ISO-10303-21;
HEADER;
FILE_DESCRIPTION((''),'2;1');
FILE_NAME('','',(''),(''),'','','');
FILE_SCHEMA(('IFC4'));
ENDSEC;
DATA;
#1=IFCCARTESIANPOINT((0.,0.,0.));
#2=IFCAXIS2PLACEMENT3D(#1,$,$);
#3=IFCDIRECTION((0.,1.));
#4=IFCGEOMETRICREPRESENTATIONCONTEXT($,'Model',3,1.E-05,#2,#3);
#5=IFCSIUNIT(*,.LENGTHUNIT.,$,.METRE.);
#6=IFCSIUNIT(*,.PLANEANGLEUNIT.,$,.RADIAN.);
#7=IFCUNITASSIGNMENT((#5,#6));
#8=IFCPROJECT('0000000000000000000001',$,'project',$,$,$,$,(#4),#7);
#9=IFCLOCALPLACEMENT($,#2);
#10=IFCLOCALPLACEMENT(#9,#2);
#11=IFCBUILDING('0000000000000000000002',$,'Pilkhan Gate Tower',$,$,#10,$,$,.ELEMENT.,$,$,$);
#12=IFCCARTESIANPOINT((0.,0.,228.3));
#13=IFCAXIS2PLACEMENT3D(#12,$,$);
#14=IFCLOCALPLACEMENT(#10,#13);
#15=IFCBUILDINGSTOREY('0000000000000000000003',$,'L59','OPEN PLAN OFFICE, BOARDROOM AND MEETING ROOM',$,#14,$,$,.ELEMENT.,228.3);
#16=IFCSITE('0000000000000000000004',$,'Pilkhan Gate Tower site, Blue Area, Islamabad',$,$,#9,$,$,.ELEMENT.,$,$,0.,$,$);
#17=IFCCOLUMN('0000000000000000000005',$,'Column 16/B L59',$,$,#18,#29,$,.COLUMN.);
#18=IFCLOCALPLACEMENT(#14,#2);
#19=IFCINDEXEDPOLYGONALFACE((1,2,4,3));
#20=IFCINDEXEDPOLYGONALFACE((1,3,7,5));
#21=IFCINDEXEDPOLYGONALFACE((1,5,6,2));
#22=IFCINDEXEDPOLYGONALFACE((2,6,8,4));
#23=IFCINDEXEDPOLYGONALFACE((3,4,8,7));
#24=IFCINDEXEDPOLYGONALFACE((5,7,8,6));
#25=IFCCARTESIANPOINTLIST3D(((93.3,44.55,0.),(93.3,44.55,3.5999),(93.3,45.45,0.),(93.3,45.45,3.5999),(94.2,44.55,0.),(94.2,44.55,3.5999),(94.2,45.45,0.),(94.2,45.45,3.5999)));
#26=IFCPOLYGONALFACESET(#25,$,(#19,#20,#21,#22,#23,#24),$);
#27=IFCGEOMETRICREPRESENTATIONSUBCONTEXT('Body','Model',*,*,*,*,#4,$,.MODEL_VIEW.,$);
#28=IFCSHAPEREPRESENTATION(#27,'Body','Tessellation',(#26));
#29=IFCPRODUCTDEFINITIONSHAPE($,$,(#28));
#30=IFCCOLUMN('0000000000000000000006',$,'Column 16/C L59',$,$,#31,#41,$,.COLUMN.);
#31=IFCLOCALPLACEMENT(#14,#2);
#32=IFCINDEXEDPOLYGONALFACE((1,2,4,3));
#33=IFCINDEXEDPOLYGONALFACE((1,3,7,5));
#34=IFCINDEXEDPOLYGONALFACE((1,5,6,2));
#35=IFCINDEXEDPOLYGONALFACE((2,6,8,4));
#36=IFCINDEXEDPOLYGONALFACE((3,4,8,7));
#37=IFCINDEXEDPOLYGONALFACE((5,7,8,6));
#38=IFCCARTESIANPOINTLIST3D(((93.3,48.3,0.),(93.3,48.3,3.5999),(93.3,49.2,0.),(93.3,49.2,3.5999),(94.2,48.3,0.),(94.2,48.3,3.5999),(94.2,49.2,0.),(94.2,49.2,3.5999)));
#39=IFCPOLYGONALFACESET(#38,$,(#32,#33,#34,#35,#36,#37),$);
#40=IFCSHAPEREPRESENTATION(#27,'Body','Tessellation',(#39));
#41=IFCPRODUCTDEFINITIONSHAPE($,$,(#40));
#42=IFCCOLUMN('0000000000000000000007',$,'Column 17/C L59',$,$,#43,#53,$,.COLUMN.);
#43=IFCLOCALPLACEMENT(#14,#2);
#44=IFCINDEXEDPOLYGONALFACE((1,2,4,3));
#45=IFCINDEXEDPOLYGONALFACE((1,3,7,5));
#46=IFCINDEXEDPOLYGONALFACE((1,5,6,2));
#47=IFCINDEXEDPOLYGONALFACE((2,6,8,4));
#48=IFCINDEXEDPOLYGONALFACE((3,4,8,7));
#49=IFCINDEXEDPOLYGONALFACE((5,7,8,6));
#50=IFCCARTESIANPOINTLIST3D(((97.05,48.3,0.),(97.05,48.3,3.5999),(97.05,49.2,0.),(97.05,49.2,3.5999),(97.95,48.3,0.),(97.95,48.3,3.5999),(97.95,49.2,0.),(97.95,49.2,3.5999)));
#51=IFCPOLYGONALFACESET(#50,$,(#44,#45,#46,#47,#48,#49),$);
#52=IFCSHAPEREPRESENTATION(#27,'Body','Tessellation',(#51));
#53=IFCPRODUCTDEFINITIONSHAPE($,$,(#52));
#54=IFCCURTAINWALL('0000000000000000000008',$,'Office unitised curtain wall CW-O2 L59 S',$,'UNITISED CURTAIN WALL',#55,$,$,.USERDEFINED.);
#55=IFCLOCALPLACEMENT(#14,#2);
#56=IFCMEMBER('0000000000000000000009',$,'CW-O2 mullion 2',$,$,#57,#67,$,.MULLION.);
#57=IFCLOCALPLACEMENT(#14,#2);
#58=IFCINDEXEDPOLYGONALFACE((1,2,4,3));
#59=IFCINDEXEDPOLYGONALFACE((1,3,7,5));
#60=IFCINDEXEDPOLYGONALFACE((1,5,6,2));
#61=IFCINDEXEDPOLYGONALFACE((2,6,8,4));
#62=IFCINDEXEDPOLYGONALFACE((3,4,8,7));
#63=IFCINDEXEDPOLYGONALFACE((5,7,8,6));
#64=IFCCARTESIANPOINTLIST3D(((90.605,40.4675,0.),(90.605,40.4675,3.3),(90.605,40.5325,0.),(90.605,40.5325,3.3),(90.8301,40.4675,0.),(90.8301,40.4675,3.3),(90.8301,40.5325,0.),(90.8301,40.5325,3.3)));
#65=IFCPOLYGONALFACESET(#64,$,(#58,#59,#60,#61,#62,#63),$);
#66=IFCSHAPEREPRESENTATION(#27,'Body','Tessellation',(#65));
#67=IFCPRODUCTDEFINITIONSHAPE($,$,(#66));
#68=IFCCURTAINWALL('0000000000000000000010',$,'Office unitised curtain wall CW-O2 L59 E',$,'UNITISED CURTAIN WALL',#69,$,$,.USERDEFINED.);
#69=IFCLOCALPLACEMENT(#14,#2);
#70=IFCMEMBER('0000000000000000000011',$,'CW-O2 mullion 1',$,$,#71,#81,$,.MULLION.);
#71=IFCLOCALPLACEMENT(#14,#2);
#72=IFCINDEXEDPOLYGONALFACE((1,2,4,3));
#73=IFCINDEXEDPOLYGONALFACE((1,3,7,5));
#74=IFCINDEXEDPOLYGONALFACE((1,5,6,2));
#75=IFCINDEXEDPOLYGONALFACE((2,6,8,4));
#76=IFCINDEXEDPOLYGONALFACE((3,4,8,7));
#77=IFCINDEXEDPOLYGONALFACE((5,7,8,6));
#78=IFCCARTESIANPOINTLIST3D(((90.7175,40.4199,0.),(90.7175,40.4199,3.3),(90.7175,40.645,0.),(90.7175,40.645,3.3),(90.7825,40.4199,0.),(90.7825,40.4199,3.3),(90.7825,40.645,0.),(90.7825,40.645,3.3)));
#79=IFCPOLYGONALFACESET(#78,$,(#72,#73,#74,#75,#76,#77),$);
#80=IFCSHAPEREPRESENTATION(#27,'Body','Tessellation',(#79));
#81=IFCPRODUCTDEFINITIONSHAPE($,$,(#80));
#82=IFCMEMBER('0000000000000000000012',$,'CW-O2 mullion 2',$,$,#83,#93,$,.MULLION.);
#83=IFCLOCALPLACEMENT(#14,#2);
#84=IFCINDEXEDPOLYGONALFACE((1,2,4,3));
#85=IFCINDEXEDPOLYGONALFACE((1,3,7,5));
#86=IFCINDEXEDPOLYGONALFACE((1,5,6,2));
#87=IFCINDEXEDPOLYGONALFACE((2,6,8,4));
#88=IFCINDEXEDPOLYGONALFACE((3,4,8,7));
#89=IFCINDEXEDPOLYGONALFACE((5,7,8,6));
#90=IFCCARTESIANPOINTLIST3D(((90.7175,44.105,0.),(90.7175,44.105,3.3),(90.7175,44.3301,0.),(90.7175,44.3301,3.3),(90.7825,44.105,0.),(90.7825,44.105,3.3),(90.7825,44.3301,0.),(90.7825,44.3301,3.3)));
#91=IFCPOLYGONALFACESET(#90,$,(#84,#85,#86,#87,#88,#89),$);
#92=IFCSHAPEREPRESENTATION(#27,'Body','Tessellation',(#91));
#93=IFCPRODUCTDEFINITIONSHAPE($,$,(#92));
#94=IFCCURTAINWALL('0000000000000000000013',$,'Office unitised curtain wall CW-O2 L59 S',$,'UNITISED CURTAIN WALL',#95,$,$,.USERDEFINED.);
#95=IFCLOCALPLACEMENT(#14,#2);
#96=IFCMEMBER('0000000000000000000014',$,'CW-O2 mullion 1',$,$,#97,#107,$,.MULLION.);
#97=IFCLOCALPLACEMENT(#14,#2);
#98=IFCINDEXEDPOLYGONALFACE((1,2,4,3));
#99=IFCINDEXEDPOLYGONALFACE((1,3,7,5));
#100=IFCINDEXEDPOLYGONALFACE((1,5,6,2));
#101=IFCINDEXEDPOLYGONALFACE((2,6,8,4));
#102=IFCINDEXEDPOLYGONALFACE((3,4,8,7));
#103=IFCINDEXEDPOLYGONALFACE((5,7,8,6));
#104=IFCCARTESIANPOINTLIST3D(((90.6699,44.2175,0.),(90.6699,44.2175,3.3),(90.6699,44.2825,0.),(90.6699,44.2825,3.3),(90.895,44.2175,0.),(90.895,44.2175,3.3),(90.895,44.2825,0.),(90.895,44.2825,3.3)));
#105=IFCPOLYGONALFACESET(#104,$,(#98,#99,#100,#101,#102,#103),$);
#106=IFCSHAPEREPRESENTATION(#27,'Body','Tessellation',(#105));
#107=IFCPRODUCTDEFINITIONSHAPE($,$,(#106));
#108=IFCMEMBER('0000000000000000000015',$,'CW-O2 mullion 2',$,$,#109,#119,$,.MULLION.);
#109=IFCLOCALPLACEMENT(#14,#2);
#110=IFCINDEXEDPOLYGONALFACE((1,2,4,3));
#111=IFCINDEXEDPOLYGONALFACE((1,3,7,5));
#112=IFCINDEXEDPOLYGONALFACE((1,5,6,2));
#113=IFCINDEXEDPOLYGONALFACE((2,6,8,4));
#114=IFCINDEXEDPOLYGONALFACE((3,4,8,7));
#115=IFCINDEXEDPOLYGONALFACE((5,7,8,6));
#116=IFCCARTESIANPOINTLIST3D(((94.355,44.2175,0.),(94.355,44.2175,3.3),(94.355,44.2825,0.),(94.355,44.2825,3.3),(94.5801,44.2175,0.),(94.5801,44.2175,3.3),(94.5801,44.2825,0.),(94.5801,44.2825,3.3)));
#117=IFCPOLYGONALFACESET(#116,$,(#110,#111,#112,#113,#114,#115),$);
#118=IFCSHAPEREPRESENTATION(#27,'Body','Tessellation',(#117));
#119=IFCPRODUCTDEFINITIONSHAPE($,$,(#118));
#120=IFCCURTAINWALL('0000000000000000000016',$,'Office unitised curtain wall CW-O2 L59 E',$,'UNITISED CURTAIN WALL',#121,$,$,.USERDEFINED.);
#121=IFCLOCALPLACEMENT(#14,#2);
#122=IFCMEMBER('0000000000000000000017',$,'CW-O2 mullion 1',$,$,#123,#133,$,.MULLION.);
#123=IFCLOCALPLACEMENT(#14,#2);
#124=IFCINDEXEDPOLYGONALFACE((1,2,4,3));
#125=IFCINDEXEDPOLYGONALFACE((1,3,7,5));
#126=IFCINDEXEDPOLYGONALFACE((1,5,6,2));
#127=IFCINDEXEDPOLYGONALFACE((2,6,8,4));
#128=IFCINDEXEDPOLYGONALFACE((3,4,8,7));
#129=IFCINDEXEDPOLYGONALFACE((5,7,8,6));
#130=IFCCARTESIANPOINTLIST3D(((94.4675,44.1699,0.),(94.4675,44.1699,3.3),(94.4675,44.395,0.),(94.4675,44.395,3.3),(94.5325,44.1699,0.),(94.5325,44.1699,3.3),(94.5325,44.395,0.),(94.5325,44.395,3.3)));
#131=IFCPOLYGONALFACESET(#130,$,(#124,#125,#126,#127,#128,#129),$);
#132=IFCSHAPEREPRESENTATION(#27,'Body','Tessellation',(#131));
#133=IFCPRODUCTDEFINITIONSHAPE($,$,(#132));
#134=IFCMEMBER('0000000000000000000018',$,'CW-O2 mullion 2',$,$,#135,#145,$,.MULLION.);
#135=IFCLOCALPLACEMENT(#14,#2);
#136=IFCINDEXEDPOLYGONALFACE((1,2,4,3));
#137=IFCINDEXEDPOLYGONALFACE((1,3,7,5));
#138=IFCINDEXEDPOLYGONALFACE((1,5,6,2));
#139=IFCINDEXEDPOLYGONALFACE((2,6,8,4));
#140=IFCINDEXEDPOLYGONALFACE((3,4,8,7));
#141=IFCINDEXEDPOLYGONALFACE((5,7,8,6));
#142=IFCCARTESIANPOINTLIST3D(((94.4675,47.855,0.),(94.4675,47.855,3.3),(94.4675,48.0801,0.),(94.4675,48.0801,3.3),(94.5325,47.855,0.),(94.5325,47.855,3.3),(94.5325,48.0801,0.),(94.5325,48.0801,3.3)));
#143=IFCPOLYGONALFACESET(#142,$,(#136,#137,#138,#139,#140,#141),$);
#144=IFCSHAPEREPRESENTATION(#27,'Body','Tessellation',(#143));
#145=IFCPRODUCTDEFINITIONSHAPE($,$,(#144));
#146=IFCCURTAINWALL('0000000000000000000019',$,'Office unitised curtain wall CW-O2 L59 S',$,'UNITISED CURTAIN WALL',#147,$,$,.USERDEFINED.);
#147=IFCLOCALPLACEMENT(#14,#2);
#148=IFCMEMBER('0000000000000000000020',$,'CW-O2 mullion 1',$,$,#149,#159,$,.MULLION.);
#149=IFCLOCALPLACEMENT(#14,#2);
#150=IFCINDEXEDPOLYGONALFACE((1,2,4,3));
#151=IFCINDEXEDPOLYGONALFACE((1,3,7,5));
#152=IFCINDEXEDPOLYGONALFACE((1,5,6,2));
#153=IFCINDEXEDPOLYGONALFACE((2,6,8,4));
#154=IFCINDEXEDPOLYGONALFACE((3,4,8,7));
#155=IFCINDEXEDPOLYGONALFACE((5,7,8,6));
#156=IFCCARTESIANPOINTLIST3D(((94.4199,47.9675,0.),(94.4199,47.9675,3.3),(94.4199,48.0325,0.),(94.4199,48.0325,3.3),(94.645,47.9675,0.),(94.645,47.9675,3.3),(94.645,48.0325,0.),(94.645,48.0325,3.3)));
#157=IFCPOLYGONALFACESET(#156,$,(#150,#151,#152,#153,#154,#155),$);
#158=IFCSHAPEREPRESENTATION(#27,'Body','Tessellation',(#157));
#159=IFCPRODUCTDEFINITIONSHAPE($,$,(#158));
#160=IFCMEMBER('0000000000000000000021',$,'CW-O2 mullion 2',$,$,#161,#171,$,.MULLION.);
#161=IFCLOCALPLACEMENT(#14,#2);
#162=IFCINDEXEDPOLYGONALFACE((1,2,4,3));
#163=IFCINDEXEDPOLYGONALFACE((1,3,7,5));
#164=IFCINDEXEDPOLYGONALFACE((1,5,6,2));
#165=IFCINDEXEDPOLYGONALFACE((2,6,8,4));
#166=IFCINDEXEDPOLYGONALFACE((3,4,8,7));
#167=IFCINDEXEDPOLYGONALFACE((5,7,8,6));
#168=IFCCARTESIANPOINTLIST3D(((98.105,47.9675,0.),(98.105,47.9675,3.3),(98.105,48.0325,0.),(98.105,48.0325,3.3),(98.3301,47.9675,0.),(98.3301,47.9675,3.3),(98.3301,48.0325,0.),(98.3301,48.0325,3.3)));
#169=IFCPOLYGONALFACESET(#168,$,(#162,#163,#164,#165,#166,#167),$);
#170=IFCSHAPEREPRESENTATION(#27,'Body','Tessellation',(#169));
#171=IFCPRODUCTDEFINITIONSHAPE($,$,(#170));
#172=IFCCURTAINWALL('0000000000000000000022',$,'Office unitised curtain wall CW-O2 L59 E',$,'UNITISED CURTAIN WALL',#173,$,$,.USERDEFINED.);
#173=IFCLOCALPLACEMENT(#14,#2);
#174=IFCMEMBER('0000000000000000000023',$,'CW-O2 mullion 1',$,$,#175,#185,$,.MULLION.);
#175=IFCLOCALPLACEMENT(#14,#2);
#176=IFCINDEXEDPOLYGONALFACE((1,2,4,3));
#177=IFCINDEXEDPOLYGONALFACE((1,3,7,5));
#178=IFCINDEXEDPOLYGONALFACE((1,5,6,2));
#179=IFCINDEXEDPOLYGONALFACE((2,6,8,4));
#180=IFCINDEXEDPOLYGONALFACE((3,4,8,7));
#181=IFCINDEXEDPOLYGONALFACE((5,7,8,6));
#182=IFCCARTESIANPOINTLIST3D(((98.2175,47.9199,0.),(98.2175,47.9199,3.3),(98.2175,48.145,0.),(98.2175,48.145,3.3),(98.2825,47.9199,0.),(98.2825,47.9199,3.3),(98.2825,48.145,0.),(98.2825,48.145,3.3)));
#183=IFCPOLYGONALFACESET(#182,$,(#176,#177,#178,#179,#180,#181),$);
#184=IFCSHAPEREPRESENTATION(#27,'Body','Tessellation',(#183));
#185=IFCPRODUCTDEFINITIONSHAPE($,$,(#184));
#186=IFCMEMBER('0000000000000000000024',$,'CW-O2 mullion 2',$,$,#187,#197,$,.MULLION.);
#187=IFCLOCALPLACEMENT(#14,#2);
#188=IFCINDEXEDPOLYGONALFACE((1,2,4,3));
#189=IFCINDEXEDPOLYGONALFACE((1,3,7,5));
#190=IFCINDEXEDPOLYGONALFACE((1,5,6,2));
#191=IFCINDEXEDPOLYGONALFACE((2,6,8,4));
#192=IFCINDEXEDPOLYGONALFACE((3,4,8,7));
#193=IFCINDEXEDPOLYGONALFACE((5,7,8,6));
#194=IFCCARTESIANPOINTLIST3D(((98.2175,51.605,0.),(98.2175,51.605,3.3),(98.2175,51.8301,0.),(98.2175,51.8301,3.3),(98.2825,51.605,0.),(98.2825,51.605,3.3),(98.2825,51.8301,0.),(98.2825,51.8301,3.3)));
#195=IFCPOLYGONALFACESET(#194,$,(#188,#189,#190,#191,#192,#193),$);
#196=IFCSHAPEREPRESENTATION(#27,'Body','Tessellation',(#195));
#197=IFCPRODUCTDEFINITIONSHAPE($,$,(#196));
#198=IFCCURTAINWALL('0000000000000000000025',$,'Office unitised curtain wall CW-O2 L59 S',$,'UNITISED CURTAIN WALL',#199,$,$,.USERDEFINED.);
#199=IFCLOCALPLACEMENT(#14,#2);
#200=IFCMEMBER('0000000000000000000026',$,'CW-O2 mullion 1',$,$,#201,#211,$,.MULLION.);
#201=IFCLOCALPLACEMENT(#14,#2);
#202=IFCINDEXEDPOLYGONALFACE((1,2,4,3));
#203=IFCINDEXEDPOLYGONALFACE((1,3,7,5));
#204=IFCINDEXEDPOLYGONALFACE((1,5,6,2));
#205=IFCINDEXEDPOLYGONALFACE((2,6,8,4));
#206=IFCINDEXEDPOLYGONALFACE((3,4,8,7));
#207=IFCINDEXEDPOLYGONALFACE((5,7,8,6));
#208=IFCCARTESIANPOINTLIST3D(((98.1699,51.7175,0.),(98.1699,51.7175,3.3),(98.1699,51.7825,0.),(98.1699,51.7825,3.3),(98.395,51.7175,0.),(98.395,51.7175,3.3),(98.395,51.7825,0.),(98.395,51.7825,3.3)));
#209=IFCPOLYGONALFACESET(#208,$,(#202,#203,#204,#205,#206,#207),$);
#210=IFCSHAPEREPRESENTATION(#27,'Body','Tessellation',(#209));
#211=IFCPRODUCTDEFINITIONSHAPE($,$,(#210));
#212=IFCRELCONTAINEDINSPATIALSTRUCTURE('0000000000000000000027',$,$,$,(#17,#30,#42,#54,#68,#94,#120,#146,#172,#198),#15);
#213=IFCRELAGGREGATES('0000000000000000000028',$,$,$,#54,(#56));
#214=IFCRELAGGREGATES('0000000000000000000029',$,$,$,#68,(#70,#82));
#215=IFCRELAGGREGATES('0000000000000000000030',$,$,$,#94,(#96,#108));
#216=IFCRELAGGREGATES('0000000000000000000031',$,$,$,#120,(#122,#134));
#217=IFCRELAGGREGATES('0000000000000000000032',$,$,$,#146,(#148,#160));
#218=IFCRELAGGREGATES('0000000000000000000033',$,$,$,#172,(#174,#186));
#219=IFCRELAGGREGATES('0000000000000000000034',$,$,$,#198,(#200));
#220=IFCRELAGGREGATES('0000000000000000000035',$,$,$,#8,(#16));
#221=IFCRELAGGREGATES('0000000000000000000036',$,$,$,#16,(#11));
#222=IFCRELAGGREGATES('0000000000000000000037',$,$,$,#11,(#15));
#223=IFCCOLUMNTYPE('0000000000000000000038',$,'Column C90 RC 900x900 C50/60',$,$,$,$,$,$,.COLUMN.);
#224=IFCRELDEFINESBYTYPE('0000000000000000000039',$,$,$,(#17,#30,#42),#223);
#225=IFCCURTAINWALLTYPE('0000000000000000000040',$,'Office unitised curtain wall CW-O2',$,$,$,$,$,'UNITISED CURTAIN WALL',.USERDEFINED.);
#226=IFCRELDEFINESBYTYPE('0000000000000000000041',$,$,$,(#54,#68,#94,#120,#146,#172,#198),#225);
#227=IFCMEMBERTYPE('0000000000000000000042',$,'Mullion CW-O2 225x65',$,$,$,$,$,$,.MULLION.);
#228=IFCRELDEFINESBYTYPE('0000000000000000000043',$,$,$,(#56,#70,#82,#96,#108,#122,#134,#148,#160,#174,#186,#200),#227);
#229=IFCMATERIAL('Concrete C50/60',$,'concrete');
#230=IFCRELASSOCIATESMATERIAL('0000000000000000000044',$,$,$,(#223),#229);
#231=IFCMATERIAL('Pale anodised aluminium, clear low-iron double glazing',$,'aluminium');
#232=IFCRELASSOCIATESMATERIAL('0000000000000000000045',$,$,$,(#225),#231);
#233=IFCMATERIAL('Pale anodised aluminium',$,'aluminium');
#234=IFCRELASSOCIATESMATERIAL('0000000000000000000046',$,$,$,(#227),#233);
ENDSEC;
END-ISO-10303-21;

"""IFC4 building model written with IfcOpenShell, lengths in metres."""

from ifc_helpers import new_model, si_unit, direction, frame, origin, origin_2d, place, context, subcontext, project, spatial, rectangle, extrude, material, material_profile, profile_set, type_object, element, aggregate, save


model = new_model("IFC4")

# Units and contexts
model_context = context("Model", 3, precision=1e-05, world=origin(), true_north=direction((0.0, 1.0)))
body_context = subcontext(model_context, "Body", "Model", "MODEL_VIEW")
ifc_project = project(units=[si_unit("LENGTHUNIT", "METRE"), si_unit("PLANEANGLEUNIT", "RADIAN")], contexts=[model_context])

# Site, building, storey
site_placement = place(None, origin())
site = spatial("IfcSite", under=ifc_project, at=site_placement, Name="Pilkhan Gate Tower site, Blue Area, Islamabad", CompositionType="ELEMENT", RefElevation=0.0)
building_placement = place(site_placement, origin())
building = spatial("IfcBuilding", under=site, at=building_placement, Name="Pilkhan Gate Tower", CompositionType="ELEMENT")
storey_placement = place(building_placement, frame((0.0, 0.0, 228.3)))
storey = spatial("IfcBuildingStorey", under=building, at=storey_placement, Name="L59", Description="OPEN PLAN OFFICE, BOARDROOM AND MEETING ROOM", CompositionType="ELEMENT", Elevation=228.3)

# Columns
ifc_material_1 = material(Name="Concrete C50/60", Category="concrete")
ifc_material_profile_1 = material_profile(ifc_material_1, rectangle(XDim=0.8999, YDim=0.8999, at=origin_2d()), Name="RC 900x900")
ifc_profile_set_1 = profile_set([ifc_material_profile_1], Name="Concrete C50/60")
column_type = type_object("IfcColumnType", Name="Column C90 RC 900x900 C50/60", PredefinedType="COLUMN", material=ifc_profile_set_1)
for number, where, z_axis, x_axis, name in (
    (1, (93.75, 45.0, 0.0), (0.0, 0.0, 1.0), (1.0, 0.0, 0.0), "Column 16/B L59"),
    (2, (93.75, 48.75, 0.0), (0.0, 0.0, 1.0), (1.0, 0.0, 0.0), "Column 16/C L59"),
    (3, (97.5, 48.75, 0.0), (0.0, 0.0, 1.0), (1.0, 0.0, 0.0), "Column 17/C L59"),
):
    element("IfcColumn", number, at=place(storey_placement, frame(where, z_axis=z_axis, x_axis=x_axis)), inside=storey, type_object=column_type, Name=name, PredefinedType="COLUMN", context=body_context, shape_type="SweptSolid", body=[
        extrude(rectangle(XDim=0.8999, YDim=0.8999, at=origin_2d()), origin(), (0.0, 0.0, 1.0), 3.5999),
    ])

# Curtain wall, member
ifc_material_2 = material(Name="Pale anodised aluminium, clear low-iron double glazing", Category="aluminium")
curtain_wall_type = type_object("IfcCurtainWallType", Name="Office unitised curtain wall CW-O2", ElementType="UNITISED CURTAIN WALL", PredefinedType="USERDEFINED", material=ifc_material_2)
curtain_wall_1_placement = place(storey_placement, origin())
curtain_wall_1 = element("IfcCurtainWall", 4, at=curtain_wall_1_placement, inside=storey, type_object=curtain_wall_type, Name="Office unitised curtain wall CW-O2 L59 S", ObjectType="UNITISED CURTAIN WALL", PredefinedType="USERDEFINED")
ifc_material_3 = material(Name="Pale anodised aluminium", Category="aluminium")
ifc_material_profile_2 = material_profile(ifc_material_3, rectangle(XDim=0.0649, YDim=0.2251, at=origin_2d()), Name="Mullion 225x65")
ifc_profile_set_2 = profile_set([ifc_material_profile_2], Name="Pale anodised aluminium")
member_type_1 = type_object("IfcMemberType", Name="Mullion CW-O2 225x65", PredefinedType="MULLION", material=ifc_profile_set_2)
member_1_placement = place(storey_placement, frame((90.7175, 40.5, 0.0), z_axis=(0.0, 0.0, 1.0), x_axis=(0.0, 1.0, 0.0)))
member_1 = element("IfcMember", 5, at=member_1_placement, type_object=member_type_1, Name="CW-O2 mullion 2", PredefinedType="MULLION", context=body_context, shape_type="SweptSolid", body=[
    extrude(rectangle(XDim=0.0649, YDim=0.2251, at=origin_2d()), origin(), (0.0, 0.0, 1.0), 3.3),
])
aggregate(curtain_wall_1, [member_1])

# Curtain walls, members
curtain_wall_2_placement = place(storey_placement, origin())
curtain_wall_2 = element("IfcCurtainWall", 6, at=curtain_wall_2_placement, inside=storey, type_object=curtain_wall_type, Name="Office unitised curtain wall CW-O2 L59 E", ObjectType="UNITISED CURTAIN WALL", PredefinedType="USERDEFINED")
member_2_placement = place(storey_placement, frame((90.75, 40.5325, 0.0), z_axis=(0.0, 0.0, 1.0), x_axis=(-1.0, 0.0, 0.0)))
member_2 = element("IfcMember", 7, at=member_2_placement, type_object=member_type_1, Name="CW-O2 mullion 1", PredefinedType="MULLION", context=body_context, shape_type="SweptSolid", body=[
    extrude(rectangle(XDim=0.0649, YDim=0.2251, at=origin_2d()), origin(), (0.0, 0.0, 1.0), 3.3),
])
member_3_placement = place(storey_placement, frame((90.75, 44.2175, 0.0), z_axis=(0.0, 0.0, 1.0), x_axis=(-1.0, 0.0, 0.0)))
member_3 = element("IfcMember", 8, at=member_3_placement, type_object=member_type_1, Name="CW-O2 mullion 2", PredefinedType="MULLION", context=body_context, shape_type="SweptSolid", body=[
    extrude(rectangle(XDim=0.0649, YDim=0.2251, at=origin_2d()), origin(), (0.0, 0.0, 1.0), 3.3),
])
curtain_wall_3_placement = place(storey_placement, origin())
curtain_wall_3 = element("IfcCurtainWall", 9, at=curtain_wall_3_placement, inside=storey, type_object=curtain_wall_type, Name="Office unitised curtain wall CW-O2 L59 S", ObjectType="UNITISED CURTAIN WALL", PredefinedType="USERDEFINED")
member_4_placement = place(storey_placement, frame((90.7825, 44.25, 0.0), z_axis=(0.0, 0.0, 1.0), x_axis=(0.0, 1.0, 0.0)))
member_4 = element("IfcMember", 10, at=member_4_placement, type_object=member_type_1, Name="CW-O2 mullion 1", PredefinedType="MULLION", context=body_context, shape_type="SweptSolid", body=[
    extrude(rectangle(XDim=0.0649, YDim=0.2251, at=origin_2d()), origin(), (0.0, 0.0, 1.0), 3.3),
])
member_5_placement = place(storey_placement, frame((94.4675, 44.25, 0.0), z_axis=(0.0, 0.0, 1.0), x_axis=(0.0, 1.0, 0.0)))
member_5 = element("IfcMember", 11, at=member_5_placement, type_object=member_type_1, Name="CW-O2 mullion 2", PredefinedType="MULLION", context=body_context, shape_type="SweptSolid", body=[
    extrude(rectangle(XDim=0.0649, YDim=0.2251, at=origin_2d()), origin(), (0.0, 0.0, 1.0), 3.3),
])
curtain_wall_4_placement = place(storey_placement, origin())
curtain_wall_4 = element("IfcCurtainWall", 12, at=curtain_wall_4_placement, inside=storey, type_object=curtain_wall_type, Name="Office unitised curtain wall CW-O2 L59 E", ObjectType="UNITISED CURTAIN WALL", PredefinedType="USERDEFINED")
member_6_placement = place(storey_placement, frame((94.5, 44.2825, 0.0), z_axis=(0.0, 0.0, 1.0), x_axis=(-1.0, 0.0, 0.0)))
member_6 = element("IfcMember", 13, at=member_6_placement, type_object=member_type_1, Name="CW-O2 mullion 1", PredefinedType="MULLION", context=body_context, shape_type="SweptSolid", body=[
    extrude(rectangle(XDim=0.0649, YDim=0.2251, at=origin_2d()), origin(), (0.0, 0.0, 1.0), 3.3),
])
member_7_placement = place(storey_placement, frame((94.5, 47.9675, 0.0), z_axis=(0.0, 0.0, 1.0), x_axis=(-1.0, 0.0, 0.0)))
member_7 = element("IfcMember", 14, at=member_7_placement, type_object=member_type_1, Name="CW-O2 mullion 2", PredefinedType="MULLION", context=body_context, shape_type="SweptSolid", body=[
    extrude(rectangle(XDim=0.0649, YDim=0.2251, at=origin_2d()), origin(), (0.0, 0.0, 1.0), 3.3),
])
curtain_wall_5_placement = place(storey_placement, origin())
curtain_wall_5 = element("IfcCurtainWall", 15, at=curtain_wall_5_placement, inside=storey, type_object=curtain_wall_type, Name="Office unitised curtain wall CW-O2 L59 S", ObjectType="UNITISED CURTAIN WALL", PredefinedType="USERDEFINED")
member_8_placement = place(storey_placement, frame((94.5325, 48.0, 0.0), z_axis=(0.0, 0.0, 1.0), x_axis=(0.0, 1.0, 0.0)))
member_8 = element("IfcMember", 16, at=member_8_placement, type_object=member_type_1, Name="CW-O2 mullion 1", PredefinedType="MULLION", context=body_context, shape_type="SweptSolid", body=[
    extrude(rectangle(XDim=0.0649, YDim=0.2251, at=origin_2d()), origin(), (0.0, 0.0, 1.0), 3.3),
])
member_9_placement = place(storey_placement, frame((98.2175, 48.0, 0.0), z_axis=(0.0, 0.0, 1.0), x_axis=(0.0, 1.0, 0.0)))
member_9 = element("IfcMember", 17, at=member_9_placement, type_object=member_type_1, Name="CW-O2 mullion 2", PredefinedType="MULLION", context=body_context, shape_type="SweptSolid", body=[
    extrude(rectangle(XDim=0.0649, YDim=0.2251, at=origin_2d()), origin(), (0.0, 0.0, 1.0), 3.3),
])
curtain_wall_6_placement = place(storey_placement, origin())
curtain_wall_6 = element("IfcCurtainWall", 18, at=curtain_wall_6_placement, inside=storey, type_object=curtain_wall_type, Name="Office unitised curtain wall CW-O2 L59 E", ObjectType="UNITISED CURTAIN WALL", PredefinedType="USERDEFINED")
member_10_placement = place(storey_placement, frame((98.25, 48.0325, 0.0), z_axis=(0.0, 0.0, 1.0), x_axis=(-1.0, 0.0, 0.0)))
member_10 = element("IfcMember", 19, at=member_10_placement, type_object=member_type_1, Name="CW-O2 mullion 1", PredefinedType="MULLION", context=body_context, shape_type="SweptSolid", body=[
    extrude(rectangle(XDim=0.0649, YDim=0.2251, at=origin_2d()), origin(), (0.0, 0.0, 1.0), 3.3),
])
member_11_placement = place(storey_placement, frame((98.25, 51.7175, 0.0), z_axis=(0.0, 0.0, 1.0), x_axis=(-1.0, 0.0, 0.0)))
member_11 = element("IfcMember", 20, at=member_11_placement, type_object=member_type_1, Name="CW-O2 mullion 2", PredefinedType="MULLION", context=body_context, shape_type="SweptSolid", body=[
    extrude(rectangle(XDim=0.0649, YDim=0.2251, at=origin_2d()), origin(), (0.0, 0.0, 1.0), 3.3),
])

# Curtain wall, member
curtain_wall_7_placement = place(storey_placement, origin())
curtain_wall_7 = element("IfcCurtainWall", 21, at=curtain_wall_7_placement, inside=storey, type_object=curtain_wall_type, Name="Office unitised curtain wall CW-O2 L59 S", ObjectType="UNITISED CURTAIN WALL", PredefinedType="USERDEFINED")
member_12_placement = place(storey_placement, frame((98.2825, 51.75, 0.0), z_axis=(0.0, 0.0, 1.0), x_axis=(0.0, 1.0, 0.0)))
member_12 = element("IfcMember", 22, at=member_12_placement, type_object=member_type_1, Name="CW-O2 mullion 1", PredefinedType="MULLION", context=body_context, shape_type="SweptSolid", body=[
    extrude(rectangle(XDim=0.0649, YDim=0.2251, at=origin_2d()), origin(), (0.0, 0.0, 1.0), 3.3),
])

aggregate(curtain_wall_2, [member_2, member_3])
aggregate(curtain_wall_3, [member_4, member_5])
aggregate(curtain_wall_4, [member_6, member_7])
aggregate(curtain_wall_5, [member_8, member_9])
aggregate(curtain_wall_6, [member_10, member_11])
aggregate(curtain_wall_7, [member_12])

save(model, "model.ifc")
